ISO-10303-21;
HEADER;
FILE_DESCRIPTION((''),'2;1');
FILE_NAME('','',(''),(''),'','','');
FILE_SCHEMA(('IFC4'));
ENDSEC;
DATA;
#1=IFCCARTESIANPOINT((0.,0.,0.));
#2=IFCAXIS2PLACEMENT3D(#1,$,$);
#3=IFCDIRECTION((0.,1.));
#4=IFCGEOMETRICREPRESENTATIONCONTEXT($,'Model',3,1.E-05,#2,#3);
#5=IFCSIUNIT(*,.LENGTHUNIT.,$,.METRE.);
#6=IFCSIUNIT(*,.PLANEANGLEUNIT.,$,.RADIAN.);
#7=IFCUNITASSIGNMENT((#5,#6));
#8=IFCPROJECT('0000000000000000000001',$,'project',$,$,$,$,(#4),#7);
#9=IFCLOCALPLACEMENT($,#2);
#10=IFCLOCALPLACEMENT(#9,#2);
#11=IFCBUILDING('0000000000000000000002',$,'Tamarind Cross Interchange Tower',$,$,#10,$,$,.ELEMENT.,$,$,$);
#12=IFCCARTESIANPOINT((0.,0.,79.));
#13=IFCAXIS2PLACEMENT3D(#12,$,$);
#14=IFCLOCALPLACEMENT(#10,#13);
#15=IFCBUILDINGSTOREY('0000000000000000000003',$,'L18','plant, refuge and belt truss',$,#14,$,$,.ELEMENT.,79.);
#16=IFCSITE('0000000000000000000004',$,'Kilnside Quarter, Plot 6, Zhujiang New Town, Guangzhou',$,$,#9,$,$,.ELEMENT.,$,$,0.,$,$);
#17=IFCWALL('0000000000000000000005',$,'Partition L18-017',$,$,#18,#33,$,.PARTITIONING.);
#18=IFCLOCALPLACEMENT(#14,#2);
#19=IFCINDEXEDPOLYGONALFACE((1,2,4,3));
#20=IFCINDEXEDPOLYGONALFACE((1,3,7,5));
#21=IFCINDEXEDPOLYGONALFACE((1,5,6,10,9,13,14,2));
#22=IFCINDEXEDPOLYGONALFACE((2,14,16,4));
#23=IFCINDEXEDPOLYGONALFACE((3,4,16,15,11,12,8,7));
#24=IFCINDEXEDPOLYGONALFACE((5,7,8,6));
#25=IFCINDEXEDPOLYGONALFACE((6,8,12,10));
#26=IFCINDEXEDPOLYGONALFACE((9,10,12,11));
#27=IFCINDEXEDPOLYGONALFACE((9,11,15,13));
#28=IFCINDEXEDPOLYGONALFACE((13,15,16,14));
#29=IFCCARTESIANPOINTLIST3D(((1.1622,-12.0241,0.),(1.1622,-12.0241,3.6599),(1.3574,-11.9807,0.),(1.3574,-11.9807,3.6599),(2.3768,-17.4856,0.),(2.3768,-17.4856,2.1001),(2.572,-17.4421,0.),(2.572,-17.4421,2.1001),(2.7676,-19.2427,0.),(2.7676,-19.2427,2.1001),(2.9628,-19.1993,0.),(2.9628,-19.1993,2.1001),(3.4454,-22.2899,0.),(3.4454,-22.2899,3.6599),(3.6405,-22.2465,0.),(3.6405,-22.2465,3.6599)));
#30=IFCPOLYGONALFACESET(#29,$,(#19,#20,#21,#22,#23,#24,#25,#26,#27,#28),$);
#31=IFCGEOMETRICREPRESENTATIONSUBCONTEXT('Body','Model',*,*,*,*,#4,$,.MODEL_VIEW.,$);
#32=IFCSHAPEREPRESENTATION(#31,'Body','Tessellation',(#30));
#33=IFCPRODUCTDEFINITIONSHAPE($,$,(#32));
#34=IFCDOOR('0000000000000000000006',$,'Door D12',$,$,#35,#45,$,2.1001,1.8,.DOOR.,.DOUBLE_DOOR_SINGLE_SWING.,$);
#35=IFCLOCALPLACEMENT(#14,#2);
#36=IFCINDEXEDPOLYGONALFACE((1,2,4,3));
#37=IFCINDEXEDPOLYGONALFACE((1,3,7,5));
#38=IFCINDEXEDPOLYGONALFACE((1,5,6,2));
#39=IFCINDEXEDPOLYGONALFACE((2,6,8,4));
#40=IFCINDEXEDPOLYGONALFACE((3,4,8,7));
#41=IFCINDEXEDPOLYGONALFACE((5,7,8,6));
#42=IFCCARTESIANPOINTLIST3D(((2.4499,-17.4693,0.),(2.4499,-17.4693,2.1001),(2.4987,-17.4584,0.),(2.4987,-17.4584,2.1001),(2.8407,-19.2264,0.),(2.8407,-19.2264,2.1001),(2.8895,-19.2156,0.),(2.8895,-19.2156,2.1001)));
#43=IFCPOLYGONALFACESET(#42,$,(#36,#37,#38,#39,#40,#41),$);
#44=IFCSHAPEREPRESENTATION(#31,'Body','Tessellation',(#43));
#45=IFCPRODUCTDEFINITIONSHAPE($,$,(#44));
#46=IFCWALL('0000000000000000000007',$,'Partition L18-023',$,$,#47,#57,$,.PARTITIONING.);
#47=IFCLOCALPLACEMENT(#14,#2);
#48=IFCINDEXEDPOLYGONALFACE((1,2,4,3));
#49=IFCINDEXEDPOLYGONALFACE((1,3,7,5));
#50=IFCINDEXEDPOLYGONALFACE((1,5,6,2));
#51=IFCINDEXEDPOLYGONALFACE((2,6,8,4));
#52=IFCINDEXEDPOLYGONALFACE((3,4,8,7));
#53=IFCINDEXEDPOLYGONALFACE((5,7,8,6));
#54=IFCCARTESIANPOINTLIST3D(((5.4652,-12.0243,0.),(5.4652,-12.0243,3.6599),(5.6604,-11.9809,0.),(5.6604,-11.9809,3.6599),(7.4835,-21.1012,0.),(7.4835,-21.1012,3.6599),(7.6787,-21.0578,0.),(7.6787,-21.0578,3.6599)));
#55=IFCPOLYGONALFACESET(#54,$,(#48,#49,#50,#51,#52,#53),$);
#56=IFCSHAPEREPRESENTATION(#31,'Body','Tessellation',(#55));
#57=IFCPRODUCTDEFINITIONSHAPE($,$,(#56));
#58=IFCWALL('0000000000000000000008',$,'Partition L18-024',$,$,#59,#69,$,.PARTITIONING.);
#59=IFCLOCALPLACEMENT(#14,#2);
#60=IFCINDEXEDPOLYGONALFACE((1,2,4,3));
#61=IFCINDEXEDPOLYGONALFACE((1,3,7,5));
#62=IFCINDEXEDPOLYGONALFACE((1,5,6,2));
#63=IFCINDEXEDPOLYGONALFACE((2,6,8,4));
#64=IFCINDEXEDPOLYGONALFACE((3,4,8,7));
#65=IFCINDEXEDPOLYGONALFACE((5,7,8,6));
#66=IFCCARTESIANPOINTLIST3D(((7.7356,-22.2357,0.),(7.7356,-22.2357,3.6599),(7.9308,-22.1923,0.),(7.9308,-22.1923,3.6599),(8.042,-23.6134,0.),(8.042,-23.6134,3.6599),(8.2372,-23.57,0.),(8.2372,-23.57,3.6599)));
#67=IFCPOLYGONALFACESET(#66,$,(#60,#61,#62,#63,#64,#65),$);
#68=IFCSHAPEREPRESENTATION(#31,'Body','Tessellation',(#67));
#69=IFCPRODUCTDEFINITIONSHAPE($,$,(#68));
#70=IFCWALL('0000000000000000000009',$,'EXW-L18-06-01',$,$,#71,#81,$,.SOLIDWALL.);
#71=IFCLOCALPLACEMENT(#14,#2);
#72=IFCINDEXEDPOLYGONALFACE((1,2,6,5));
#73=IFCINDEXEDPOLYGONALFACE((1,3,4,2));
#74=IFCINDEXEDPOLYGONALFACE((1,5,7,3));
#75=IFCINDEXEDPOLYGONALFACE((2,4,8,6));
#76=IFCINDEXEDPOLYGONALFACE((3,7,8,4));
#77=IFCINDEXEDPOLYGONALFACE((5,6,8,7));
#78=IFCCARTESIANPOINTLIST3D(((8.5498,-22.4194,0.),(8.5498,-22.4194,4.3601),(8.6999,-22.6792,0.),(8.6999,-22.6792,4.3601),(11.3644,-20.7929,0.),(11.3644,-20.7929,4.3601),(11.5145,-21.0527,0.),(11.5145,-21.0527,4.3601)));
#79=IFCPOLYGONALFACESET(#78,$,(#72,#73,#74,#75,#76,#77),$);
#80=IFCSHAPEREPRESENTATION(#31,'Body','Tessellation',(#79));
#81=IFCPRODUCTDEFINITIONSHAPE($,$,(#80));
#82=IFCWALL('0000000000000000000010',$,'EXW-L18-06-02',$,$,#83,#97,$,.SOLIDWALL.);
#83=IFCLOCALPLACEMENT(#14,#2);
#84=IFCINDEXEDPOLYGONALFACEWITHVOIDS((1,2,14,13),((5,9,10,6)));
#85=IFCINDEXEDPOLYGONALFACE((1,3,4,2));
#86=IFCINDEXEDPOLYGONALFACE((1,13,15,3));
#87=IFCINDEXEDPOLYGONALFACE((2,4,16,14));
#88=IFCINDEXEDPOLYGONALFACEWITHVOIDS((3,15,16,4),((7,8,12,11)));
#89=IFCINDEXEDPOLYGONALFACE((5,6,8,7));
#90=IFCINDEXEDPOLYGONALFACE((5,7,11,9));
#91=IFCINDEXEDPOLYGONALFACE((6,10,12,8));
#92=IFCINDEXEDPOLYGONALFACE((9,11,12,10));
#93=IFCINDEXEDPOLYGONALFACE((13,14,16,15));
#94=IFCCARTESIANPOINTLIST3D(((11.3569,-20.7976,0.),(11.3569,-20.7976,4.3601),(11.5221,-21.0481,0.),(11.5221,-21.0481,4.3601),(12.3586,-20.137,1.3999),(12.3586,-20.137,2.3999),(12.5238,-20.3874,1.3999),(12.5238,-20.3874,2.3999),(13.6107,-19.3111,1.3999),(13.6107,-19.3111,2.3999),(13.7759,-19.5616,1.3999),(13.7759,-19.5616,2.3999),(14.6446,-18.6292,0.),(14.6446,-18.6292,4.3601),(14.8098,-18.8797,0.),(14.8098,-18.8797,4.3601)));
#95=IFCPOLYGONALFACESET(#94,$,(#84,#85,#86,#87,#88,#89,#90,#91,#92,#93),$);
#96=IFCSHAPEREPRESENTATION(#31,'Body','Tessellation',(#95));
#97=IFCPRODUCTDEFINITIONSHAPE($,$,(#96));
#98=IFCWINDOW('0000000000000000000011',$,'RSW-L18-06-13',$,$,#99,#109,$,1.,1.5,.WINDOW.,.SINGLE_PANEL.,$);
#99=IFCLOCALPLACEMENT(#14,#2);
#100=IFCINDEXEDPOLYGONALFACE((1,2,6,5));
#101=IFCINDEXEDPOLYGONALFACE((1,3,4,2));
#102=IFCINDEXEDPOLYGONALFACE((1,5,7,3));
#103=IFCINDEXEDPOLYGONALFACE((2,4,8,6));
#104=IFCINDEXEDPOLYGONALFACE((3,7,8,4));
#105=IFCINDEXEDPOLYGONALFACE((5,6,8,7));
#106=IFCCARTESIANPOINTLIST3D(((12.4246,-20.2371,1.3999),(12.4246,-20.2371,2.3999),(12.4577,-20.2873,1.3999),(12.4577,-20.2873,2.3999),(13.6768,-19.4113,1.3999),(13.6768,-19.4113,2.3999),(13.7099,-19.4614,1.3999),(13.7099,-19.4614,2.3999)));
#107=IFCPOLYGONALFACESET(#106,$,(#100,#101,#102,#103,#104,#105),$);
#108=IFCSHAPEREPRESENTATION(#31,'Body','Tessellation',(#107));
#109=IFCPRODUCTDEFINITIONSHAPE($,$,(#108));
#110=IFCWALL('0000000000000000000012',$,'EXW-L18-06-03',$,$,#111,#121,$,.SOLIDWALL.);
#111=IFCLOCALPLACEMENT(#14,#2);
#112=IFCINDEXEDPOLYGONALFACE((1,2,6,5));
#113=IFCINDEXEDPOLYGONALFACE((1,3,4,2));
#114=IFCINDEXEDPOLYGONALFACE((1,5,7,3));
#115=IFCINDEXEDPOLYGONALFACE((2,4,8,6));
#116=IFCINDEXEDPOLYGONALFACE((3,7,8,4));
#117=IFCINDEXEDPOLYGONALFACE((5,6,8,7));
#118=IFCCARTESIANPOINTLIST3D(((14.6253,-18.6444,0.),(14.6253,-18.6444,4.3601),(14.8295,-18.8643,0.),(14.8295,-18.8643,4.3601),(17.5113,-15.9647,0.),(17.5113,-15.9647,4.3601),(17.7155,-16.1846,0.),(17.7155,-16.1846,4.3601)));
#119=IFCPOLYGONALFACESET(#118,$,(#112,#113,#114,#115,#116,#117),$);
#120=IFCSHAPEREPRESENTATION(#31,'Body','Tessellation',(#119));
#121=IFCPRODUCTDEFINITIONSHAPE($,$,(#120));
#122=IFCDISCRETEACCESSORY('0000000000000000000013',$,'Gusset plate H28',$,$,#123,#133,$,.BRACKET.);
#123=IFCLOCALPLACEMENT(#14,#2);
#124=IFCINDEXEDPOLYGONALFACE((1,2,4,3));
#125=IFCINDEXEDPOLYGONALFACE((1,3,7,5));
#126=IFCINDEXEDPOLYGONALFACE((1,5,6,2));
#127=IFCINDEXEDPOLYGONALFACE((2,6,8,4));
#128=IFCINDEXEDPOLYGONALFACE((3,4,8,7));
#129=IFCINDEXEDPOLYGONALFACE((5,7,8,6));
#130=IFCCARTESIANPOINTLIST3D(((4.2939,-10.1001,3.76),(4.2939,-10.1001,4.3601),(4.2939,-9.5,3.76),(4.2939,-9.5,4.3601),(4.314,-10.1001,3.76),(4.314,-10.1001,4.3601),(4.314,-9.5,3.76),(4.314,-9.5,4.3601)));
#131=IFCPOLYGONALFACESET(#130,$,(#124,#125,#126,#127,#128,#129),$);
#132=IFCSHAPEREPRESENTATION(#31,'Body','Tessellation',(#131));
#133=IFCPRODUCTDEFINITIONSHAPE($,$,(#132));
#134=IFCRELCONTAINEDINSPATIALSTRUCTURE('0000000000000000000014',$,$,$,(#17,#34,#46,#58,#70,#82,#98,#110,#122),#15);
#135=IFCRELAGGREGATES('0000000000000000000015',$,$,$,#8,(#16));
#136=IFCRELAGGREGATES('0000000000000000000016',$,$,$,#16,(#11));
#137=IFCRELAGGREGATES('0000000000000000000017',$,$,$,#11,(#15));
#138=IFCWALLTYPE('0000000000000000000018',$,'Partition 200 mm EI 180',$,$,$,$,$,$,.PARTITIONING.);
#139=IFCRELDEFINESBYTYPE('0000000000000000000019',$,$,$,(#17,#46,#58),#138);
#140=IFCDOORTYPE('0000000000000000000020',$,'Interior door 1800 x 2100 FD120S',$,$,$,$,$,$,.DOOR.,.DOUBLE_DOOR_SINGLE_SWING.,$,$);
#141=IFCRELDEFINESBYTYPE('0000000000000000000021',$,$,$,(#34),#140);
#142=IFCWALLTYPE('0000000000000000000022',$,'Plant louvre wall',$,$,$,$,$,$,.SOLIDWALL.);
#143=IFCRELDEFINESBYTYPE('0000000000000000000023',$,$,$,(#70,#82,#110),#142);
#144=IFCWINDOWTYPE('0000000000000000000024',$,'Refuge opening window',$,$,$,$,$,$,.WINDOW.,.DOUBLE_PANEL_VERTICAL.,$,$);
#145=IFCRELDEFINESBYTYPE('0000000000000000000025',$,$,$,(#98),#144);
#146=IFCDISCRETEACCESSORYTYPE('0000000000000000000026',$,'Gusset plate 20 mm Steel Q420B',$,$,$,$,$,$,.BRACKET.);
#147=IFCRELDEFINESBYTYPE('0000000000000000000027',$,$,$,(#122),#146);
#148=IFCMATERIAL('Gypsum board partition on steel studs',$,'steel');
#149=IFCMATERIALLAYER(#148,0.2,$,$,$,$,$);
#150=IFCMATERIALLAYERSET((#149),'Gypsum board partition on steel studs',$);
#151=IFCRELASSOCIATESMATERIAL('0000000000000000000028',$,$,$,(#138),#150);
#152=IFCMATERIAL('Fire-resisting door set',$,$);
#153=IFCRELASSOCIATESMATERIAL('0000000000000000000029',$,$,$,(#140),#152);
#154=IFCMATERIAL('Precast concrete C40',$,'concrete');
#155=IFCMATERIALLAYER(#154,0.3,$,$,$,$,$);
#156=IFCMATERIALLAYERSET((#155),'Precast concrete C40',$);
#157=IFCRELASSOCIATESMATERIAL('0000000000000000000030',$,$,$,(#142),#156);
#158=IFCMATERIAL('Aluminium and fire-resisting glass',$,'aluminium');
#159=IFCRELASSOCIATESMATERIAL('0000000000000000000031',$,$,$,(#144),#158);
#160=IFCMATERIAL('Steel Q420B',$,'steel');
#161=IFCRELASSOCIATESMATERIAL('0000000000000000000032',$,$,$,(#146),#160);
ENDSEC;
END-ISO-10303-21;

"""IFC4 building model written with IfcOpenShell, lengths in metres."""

from ifc_helpers import new_model, si_unit, direction, frame, frame_2d, origin, origin_2d, place, context, subcontext, project, spatial, rectangle, extrude, material, layer, layer_set, type_object, element, fill, save


model = new_model("IFC4")

# Units and contexts
model_context = context("Model", 3, precision=1e-05, world=origin(), true_north=direction((0.0, 1.0)))
body_context = subcontext(model_context, "Body", "Model", "MODEL_VIEW")
ifc_project = project(units=[si_unit("LENGTHUNIT", "METRE"), si_unit("PLANEANGLEUNIT", "RADIAN")], contexts=[model_context])

# Site, building, storey
site_placement = place(None, origin())
site = spatial("IfcSite", under=ifc_project, at=site_placement, Name="Kilnside Quarter, Plot 6, Zhujiang New Town, Guangzhou", CompositionType="ELEMENT", RefElevation=0.0)
building_placement = place(site_placement, origin())
building = spatial("IfcBuilding", under=site, at=building_placement, Name="Tamarind Cross Interchange Tower", CompositionType="ELEMENT")
storey_placement = place(building_placement, frame((0.0, 0.0, 79.0)))
storey = spatial("IfcBuildingStorey", under=building, at=storey_placement, Name="L18", Description="plant, refuge and belt truss", CompositionType="ELEMENT", Elevation=79.0)

# Shared definitions
ifc_material_1 = material(Name="Steel Q420B", Category="steel")

# Wall, opening, door
ifc_material_2 = material(Name="Gypsum board partition on steel studs", Category="steel")
ifc_layer_1 = layer(ifc_material_2, 0.2)
ifc_layer_set_1 = layer_set([ifc_layer_1], Name="Gypsum board partition on steel studs")
wall_type_1 = type_object("IfcWallType", Name="Partition 200 mm EI 180", PredefinedType="PARTITIONING", material=ifc_layer_set_1)
wall_1_placement = place(storey_placement, frame((1.2598, -12.0024, 0.0), z_axis=(0.0, 0.0, 1.0), x_axis=(0.217103, -0.976149, 0.0)))
wall_1 = element("IfcWall", 1, at=wall_1_placement, inside=storey, type_object=wall_type_1, Name="Partition L18-017", PredefinedType="PARTITIONING", context=body_context, shape_type="SweptSolid", body=[
    extrude(rectangle(XDim=10.5166, YDim=0.2, at=frame_2d((5.2583, 0.0))), origin(), (0.0, 0.0, 1.0), 3.6599),
])
opening_1_placement = place(wall_1_placement, frame((5.595, 0.0, 0.0)))
opening_1 = element("IfcOpeningElement", 2, at=opening_1_placement, cuts=wall_1, PredefinedType="OPENING", context=body_context, shape_type="SweptSolid", body=[
    extrude(rectangle(XDim=1.8, YDim=2.1001, at=frame_2d((0.8999, 1.05))), frame((0.0, 0.1099, 0.0), z_axis=(0.0, -1.0, 0.0), x_axis=(1.0, 0.0, 0.0)), (0.0, 0.0, 1.0), 0.22),
])
ifc_material_3 = material(Name="Fire-resisting door set")
door_type = type_object("IfcDoorType", Name="Interior door 1800 x 2100 FD120S", OperationType="DOUBLE_DOOR_SINGLE_SWING", PredefinedType="DOOR", material=ifc_material_3)
door_placement = place(opening_1_placement, origin())
door = element("IfcDoor", 3, at=door_placement, inside=storey, type_object=door_type, Name="Door D12", OperationType="DOUBLE_DOOR_SINGLE_SWING", OverallHeight=2.1001, OverallWidth=1.8, PredefinedType="DOOR", context=body_context, shape_type="SweptSolid", body=[
    extrude(rectangle(XDim=1.8, YDim=2.1001, at=frame_2d((0.8999, 1.05))), frame((0.0, 0.0249, 0.0), z_axis=(0.0, -1.0, 0.0), x_axis=(1.0, 0.0, 0.0)), (0.0, 0.0, 1.0), 0.05),
])
fill(opening_1, door)

# Walls
wall_2_placement = place(storey_placement, frame((5.5627, -12.0024, 0.0), z_axis=(0.0, 0.0, 1.0), x_axis=(0.217056, -0.976159, 0.0)))
element("IfcWall", 4, at=wall_2_placement, inside=storey, type_object=wall_type_1, Name="Partition L18-023", PredefinedType="PARTITIONING", context=body_context, shape_type="SweptSolid", body=[
    extrude(rectangle(XDim=9.2986, YDim=0.2, at=frame_2d((4.6494, 0.0))), origin(), (0.0, 0.0, 1.0), 3.6599),
])
wall_3_placement = place(storey_placement, frame((7.8333, -22.2141, 0.0), z_axis=(0.0, 0.0, 1.0), x_axis=(0.217095, -0.97615, 0.0)))
element("IfcWall", 5, at=wall_3_placement, inside=storey, type_object=wall_type_1, Name="Partition L18-024", PredefinedType="PARTITIONING", context=body_context, shape_type="SweptSolid", body=[
    extrude(rectangle(XDim=1.4114, YDim=0.2, at=frame_2d((0.7056, 0.0))), origin(), (0.0, 0.0, 1.0), 3.6599),
])
ifc_material_4 = material(Name="Precast concrete C40", Category="concrete")
ifc_layer_2 = layer(ifc_material_4, 0.3)
ifc_layer_set_2 = layer_set([ifc_layer_2], Name="Precast concrete C40")
wall_type_2 = type_object("IfcWallType", Name="Plant louvre wall", PredefinedType="SOLIDWALL", material=ifc_layer_set_2)
wall_4_placement = place(storey_placement, frame((8.6248, -22.5493, 0.0), z_axis=(0.0, 0.0, 1.0), x_axis=(0.865839, 0.500323, 0.0)))
element("IfcWall", 6, at=wall_4_placement, inside=storey, type_object=wall_type_2, Name="EXW-L18-06-01", PredefinedType="SOLIDWALL", context=body_context, shape_type="SweptSolid", body=[
    extrude(rectangle(XDim=3.2507, YDim=0.3, at=frame_2d((1.6255, 0.0))), origin(), (0.0, 0.0, 1.0), 4.3601),
])

# Wall, opening, window
wall_5_placement = place(storey_placement, frame((11.4395, -20.9229, 0.0), z_axis=(0.0, 0.0, 1.0), x_axis=(0.834787, 0.550574, 0.0)))
wall_5 = element("IfcWall", 7, at=wall_5_placement, inside=storey, type_object=wall_type_2, Name="EXW-L18-06-02", PredefinedType="SOLIDWALL", context=body_context, shape_type="SweptSolid", body=[
    extrude(rectangle(XDim=3.9385, YDim=0.3, at=frame_2d((1.9692, 0.0))), origin(), (0.0, 0.0, 1.0), 4.3601),
])
opening_2_placement = place(wall_5_placement, frame((1.2, 0.0, 1.3999)))
opening_2 = element("IfcOpeningElement", 8, at=opening_2_placement, cuts=wall_5, PredefinedType="OPENING", context=body_context, shape_type="SweptSolid", body=[
    extrude(rectangle(XDim=1.5, YDim=1.0, at=frame_2d((0.75, 0.5))), frame((0.0, 0.1599, 0.0), z_axis=(0.0, -1.0, 0.0), x_axis=(1.0, 0.0, 0.0)), (0.0, 0.0, 1.0), 0.3201),
])
ifc_material_5 = material(Name="Aluminium and fire-resisting glass", Category="aluminium")
window_type = type_object("IfcWindowType", Name="Refuge opening window", PartitioningType="DOUBLE_PANEL_VERTICAL", PredefinedType="WINDOW", material=ifc_material_5)
window_placement = place(opening_2_placement, origin())
window = element("IfcWindow", 9, at=window_placement, inside=storey, type_object=window_type, Name="RSW-L18-06-13", OverallHeight=1.0, OverallWidth=1.5, PartitioningType="SINGLE_PANEL", PredefinedType="WINDOW", context=body_context, shape_type="SweptSolid", body=[
    extrude(rectangle(XDim=1.5, YDim=1.0, at=frame_2d((0.75, 0.5))), frame((0.0, 0.03, 0.0), z_axis=(0.0, -1.0, 0.0), x_axis=(1.0, 0.0, 0.0)), (0.0, 0.0, 1.0), 0.0601),
])
fill(opening_2, window)

# Wall
wall_6_placement = place(storey_placement, frame((14.7273, -18.7544, 0.0), z_axis=(0.0, 0.0, 1.0), x_axis=(0.732813, 0.68043, 0.0)))
element("IfcWall", 10, at=wall_6_placement, inside=storey, type_object=wall_type_2, Name="EXW-L18-06-03", PredefinedType="SOLIDWALL", context=body_context, shape_type="SweptSolid", body=[
    extrude(rectangle(XDim=3.9382, YDim=0.3, at=frame_2d((1.9692, 0.0))), origin(), (0.0, 0.0, 1.0), 4.3601),
])

# Discrete accessory
discrete_accessory_type = type_object("IfcDiscreteAccessoryType", Name="Gusset plate 20 mm Steel Q420B", PredefinedType="BRACKET", material=ifc_material_1)
discrete_accessory_placement = place(storey_placement, frame((4.304, -9.8, 3.76), z_axis=(0.0, 0.0, 1.0), x_axis=(1.0, 0.0, 0.0)))
element("IfcDiscreteAccessory", 11, at=discrete_accessory_placement, inside=storey, type_object=discrete_accessory_type, Name="Gusset plate H28", PredefinedType="BRACKET", context=body_context, shape_type="SweptSolid", body=[
    extrude(rectangle(XDim=0.02, YDim=0.6001, at=origin_2d()), origin(), (0.0, 0.0, 1.0), 0.6001),
])

save(model, "model.ifc")
